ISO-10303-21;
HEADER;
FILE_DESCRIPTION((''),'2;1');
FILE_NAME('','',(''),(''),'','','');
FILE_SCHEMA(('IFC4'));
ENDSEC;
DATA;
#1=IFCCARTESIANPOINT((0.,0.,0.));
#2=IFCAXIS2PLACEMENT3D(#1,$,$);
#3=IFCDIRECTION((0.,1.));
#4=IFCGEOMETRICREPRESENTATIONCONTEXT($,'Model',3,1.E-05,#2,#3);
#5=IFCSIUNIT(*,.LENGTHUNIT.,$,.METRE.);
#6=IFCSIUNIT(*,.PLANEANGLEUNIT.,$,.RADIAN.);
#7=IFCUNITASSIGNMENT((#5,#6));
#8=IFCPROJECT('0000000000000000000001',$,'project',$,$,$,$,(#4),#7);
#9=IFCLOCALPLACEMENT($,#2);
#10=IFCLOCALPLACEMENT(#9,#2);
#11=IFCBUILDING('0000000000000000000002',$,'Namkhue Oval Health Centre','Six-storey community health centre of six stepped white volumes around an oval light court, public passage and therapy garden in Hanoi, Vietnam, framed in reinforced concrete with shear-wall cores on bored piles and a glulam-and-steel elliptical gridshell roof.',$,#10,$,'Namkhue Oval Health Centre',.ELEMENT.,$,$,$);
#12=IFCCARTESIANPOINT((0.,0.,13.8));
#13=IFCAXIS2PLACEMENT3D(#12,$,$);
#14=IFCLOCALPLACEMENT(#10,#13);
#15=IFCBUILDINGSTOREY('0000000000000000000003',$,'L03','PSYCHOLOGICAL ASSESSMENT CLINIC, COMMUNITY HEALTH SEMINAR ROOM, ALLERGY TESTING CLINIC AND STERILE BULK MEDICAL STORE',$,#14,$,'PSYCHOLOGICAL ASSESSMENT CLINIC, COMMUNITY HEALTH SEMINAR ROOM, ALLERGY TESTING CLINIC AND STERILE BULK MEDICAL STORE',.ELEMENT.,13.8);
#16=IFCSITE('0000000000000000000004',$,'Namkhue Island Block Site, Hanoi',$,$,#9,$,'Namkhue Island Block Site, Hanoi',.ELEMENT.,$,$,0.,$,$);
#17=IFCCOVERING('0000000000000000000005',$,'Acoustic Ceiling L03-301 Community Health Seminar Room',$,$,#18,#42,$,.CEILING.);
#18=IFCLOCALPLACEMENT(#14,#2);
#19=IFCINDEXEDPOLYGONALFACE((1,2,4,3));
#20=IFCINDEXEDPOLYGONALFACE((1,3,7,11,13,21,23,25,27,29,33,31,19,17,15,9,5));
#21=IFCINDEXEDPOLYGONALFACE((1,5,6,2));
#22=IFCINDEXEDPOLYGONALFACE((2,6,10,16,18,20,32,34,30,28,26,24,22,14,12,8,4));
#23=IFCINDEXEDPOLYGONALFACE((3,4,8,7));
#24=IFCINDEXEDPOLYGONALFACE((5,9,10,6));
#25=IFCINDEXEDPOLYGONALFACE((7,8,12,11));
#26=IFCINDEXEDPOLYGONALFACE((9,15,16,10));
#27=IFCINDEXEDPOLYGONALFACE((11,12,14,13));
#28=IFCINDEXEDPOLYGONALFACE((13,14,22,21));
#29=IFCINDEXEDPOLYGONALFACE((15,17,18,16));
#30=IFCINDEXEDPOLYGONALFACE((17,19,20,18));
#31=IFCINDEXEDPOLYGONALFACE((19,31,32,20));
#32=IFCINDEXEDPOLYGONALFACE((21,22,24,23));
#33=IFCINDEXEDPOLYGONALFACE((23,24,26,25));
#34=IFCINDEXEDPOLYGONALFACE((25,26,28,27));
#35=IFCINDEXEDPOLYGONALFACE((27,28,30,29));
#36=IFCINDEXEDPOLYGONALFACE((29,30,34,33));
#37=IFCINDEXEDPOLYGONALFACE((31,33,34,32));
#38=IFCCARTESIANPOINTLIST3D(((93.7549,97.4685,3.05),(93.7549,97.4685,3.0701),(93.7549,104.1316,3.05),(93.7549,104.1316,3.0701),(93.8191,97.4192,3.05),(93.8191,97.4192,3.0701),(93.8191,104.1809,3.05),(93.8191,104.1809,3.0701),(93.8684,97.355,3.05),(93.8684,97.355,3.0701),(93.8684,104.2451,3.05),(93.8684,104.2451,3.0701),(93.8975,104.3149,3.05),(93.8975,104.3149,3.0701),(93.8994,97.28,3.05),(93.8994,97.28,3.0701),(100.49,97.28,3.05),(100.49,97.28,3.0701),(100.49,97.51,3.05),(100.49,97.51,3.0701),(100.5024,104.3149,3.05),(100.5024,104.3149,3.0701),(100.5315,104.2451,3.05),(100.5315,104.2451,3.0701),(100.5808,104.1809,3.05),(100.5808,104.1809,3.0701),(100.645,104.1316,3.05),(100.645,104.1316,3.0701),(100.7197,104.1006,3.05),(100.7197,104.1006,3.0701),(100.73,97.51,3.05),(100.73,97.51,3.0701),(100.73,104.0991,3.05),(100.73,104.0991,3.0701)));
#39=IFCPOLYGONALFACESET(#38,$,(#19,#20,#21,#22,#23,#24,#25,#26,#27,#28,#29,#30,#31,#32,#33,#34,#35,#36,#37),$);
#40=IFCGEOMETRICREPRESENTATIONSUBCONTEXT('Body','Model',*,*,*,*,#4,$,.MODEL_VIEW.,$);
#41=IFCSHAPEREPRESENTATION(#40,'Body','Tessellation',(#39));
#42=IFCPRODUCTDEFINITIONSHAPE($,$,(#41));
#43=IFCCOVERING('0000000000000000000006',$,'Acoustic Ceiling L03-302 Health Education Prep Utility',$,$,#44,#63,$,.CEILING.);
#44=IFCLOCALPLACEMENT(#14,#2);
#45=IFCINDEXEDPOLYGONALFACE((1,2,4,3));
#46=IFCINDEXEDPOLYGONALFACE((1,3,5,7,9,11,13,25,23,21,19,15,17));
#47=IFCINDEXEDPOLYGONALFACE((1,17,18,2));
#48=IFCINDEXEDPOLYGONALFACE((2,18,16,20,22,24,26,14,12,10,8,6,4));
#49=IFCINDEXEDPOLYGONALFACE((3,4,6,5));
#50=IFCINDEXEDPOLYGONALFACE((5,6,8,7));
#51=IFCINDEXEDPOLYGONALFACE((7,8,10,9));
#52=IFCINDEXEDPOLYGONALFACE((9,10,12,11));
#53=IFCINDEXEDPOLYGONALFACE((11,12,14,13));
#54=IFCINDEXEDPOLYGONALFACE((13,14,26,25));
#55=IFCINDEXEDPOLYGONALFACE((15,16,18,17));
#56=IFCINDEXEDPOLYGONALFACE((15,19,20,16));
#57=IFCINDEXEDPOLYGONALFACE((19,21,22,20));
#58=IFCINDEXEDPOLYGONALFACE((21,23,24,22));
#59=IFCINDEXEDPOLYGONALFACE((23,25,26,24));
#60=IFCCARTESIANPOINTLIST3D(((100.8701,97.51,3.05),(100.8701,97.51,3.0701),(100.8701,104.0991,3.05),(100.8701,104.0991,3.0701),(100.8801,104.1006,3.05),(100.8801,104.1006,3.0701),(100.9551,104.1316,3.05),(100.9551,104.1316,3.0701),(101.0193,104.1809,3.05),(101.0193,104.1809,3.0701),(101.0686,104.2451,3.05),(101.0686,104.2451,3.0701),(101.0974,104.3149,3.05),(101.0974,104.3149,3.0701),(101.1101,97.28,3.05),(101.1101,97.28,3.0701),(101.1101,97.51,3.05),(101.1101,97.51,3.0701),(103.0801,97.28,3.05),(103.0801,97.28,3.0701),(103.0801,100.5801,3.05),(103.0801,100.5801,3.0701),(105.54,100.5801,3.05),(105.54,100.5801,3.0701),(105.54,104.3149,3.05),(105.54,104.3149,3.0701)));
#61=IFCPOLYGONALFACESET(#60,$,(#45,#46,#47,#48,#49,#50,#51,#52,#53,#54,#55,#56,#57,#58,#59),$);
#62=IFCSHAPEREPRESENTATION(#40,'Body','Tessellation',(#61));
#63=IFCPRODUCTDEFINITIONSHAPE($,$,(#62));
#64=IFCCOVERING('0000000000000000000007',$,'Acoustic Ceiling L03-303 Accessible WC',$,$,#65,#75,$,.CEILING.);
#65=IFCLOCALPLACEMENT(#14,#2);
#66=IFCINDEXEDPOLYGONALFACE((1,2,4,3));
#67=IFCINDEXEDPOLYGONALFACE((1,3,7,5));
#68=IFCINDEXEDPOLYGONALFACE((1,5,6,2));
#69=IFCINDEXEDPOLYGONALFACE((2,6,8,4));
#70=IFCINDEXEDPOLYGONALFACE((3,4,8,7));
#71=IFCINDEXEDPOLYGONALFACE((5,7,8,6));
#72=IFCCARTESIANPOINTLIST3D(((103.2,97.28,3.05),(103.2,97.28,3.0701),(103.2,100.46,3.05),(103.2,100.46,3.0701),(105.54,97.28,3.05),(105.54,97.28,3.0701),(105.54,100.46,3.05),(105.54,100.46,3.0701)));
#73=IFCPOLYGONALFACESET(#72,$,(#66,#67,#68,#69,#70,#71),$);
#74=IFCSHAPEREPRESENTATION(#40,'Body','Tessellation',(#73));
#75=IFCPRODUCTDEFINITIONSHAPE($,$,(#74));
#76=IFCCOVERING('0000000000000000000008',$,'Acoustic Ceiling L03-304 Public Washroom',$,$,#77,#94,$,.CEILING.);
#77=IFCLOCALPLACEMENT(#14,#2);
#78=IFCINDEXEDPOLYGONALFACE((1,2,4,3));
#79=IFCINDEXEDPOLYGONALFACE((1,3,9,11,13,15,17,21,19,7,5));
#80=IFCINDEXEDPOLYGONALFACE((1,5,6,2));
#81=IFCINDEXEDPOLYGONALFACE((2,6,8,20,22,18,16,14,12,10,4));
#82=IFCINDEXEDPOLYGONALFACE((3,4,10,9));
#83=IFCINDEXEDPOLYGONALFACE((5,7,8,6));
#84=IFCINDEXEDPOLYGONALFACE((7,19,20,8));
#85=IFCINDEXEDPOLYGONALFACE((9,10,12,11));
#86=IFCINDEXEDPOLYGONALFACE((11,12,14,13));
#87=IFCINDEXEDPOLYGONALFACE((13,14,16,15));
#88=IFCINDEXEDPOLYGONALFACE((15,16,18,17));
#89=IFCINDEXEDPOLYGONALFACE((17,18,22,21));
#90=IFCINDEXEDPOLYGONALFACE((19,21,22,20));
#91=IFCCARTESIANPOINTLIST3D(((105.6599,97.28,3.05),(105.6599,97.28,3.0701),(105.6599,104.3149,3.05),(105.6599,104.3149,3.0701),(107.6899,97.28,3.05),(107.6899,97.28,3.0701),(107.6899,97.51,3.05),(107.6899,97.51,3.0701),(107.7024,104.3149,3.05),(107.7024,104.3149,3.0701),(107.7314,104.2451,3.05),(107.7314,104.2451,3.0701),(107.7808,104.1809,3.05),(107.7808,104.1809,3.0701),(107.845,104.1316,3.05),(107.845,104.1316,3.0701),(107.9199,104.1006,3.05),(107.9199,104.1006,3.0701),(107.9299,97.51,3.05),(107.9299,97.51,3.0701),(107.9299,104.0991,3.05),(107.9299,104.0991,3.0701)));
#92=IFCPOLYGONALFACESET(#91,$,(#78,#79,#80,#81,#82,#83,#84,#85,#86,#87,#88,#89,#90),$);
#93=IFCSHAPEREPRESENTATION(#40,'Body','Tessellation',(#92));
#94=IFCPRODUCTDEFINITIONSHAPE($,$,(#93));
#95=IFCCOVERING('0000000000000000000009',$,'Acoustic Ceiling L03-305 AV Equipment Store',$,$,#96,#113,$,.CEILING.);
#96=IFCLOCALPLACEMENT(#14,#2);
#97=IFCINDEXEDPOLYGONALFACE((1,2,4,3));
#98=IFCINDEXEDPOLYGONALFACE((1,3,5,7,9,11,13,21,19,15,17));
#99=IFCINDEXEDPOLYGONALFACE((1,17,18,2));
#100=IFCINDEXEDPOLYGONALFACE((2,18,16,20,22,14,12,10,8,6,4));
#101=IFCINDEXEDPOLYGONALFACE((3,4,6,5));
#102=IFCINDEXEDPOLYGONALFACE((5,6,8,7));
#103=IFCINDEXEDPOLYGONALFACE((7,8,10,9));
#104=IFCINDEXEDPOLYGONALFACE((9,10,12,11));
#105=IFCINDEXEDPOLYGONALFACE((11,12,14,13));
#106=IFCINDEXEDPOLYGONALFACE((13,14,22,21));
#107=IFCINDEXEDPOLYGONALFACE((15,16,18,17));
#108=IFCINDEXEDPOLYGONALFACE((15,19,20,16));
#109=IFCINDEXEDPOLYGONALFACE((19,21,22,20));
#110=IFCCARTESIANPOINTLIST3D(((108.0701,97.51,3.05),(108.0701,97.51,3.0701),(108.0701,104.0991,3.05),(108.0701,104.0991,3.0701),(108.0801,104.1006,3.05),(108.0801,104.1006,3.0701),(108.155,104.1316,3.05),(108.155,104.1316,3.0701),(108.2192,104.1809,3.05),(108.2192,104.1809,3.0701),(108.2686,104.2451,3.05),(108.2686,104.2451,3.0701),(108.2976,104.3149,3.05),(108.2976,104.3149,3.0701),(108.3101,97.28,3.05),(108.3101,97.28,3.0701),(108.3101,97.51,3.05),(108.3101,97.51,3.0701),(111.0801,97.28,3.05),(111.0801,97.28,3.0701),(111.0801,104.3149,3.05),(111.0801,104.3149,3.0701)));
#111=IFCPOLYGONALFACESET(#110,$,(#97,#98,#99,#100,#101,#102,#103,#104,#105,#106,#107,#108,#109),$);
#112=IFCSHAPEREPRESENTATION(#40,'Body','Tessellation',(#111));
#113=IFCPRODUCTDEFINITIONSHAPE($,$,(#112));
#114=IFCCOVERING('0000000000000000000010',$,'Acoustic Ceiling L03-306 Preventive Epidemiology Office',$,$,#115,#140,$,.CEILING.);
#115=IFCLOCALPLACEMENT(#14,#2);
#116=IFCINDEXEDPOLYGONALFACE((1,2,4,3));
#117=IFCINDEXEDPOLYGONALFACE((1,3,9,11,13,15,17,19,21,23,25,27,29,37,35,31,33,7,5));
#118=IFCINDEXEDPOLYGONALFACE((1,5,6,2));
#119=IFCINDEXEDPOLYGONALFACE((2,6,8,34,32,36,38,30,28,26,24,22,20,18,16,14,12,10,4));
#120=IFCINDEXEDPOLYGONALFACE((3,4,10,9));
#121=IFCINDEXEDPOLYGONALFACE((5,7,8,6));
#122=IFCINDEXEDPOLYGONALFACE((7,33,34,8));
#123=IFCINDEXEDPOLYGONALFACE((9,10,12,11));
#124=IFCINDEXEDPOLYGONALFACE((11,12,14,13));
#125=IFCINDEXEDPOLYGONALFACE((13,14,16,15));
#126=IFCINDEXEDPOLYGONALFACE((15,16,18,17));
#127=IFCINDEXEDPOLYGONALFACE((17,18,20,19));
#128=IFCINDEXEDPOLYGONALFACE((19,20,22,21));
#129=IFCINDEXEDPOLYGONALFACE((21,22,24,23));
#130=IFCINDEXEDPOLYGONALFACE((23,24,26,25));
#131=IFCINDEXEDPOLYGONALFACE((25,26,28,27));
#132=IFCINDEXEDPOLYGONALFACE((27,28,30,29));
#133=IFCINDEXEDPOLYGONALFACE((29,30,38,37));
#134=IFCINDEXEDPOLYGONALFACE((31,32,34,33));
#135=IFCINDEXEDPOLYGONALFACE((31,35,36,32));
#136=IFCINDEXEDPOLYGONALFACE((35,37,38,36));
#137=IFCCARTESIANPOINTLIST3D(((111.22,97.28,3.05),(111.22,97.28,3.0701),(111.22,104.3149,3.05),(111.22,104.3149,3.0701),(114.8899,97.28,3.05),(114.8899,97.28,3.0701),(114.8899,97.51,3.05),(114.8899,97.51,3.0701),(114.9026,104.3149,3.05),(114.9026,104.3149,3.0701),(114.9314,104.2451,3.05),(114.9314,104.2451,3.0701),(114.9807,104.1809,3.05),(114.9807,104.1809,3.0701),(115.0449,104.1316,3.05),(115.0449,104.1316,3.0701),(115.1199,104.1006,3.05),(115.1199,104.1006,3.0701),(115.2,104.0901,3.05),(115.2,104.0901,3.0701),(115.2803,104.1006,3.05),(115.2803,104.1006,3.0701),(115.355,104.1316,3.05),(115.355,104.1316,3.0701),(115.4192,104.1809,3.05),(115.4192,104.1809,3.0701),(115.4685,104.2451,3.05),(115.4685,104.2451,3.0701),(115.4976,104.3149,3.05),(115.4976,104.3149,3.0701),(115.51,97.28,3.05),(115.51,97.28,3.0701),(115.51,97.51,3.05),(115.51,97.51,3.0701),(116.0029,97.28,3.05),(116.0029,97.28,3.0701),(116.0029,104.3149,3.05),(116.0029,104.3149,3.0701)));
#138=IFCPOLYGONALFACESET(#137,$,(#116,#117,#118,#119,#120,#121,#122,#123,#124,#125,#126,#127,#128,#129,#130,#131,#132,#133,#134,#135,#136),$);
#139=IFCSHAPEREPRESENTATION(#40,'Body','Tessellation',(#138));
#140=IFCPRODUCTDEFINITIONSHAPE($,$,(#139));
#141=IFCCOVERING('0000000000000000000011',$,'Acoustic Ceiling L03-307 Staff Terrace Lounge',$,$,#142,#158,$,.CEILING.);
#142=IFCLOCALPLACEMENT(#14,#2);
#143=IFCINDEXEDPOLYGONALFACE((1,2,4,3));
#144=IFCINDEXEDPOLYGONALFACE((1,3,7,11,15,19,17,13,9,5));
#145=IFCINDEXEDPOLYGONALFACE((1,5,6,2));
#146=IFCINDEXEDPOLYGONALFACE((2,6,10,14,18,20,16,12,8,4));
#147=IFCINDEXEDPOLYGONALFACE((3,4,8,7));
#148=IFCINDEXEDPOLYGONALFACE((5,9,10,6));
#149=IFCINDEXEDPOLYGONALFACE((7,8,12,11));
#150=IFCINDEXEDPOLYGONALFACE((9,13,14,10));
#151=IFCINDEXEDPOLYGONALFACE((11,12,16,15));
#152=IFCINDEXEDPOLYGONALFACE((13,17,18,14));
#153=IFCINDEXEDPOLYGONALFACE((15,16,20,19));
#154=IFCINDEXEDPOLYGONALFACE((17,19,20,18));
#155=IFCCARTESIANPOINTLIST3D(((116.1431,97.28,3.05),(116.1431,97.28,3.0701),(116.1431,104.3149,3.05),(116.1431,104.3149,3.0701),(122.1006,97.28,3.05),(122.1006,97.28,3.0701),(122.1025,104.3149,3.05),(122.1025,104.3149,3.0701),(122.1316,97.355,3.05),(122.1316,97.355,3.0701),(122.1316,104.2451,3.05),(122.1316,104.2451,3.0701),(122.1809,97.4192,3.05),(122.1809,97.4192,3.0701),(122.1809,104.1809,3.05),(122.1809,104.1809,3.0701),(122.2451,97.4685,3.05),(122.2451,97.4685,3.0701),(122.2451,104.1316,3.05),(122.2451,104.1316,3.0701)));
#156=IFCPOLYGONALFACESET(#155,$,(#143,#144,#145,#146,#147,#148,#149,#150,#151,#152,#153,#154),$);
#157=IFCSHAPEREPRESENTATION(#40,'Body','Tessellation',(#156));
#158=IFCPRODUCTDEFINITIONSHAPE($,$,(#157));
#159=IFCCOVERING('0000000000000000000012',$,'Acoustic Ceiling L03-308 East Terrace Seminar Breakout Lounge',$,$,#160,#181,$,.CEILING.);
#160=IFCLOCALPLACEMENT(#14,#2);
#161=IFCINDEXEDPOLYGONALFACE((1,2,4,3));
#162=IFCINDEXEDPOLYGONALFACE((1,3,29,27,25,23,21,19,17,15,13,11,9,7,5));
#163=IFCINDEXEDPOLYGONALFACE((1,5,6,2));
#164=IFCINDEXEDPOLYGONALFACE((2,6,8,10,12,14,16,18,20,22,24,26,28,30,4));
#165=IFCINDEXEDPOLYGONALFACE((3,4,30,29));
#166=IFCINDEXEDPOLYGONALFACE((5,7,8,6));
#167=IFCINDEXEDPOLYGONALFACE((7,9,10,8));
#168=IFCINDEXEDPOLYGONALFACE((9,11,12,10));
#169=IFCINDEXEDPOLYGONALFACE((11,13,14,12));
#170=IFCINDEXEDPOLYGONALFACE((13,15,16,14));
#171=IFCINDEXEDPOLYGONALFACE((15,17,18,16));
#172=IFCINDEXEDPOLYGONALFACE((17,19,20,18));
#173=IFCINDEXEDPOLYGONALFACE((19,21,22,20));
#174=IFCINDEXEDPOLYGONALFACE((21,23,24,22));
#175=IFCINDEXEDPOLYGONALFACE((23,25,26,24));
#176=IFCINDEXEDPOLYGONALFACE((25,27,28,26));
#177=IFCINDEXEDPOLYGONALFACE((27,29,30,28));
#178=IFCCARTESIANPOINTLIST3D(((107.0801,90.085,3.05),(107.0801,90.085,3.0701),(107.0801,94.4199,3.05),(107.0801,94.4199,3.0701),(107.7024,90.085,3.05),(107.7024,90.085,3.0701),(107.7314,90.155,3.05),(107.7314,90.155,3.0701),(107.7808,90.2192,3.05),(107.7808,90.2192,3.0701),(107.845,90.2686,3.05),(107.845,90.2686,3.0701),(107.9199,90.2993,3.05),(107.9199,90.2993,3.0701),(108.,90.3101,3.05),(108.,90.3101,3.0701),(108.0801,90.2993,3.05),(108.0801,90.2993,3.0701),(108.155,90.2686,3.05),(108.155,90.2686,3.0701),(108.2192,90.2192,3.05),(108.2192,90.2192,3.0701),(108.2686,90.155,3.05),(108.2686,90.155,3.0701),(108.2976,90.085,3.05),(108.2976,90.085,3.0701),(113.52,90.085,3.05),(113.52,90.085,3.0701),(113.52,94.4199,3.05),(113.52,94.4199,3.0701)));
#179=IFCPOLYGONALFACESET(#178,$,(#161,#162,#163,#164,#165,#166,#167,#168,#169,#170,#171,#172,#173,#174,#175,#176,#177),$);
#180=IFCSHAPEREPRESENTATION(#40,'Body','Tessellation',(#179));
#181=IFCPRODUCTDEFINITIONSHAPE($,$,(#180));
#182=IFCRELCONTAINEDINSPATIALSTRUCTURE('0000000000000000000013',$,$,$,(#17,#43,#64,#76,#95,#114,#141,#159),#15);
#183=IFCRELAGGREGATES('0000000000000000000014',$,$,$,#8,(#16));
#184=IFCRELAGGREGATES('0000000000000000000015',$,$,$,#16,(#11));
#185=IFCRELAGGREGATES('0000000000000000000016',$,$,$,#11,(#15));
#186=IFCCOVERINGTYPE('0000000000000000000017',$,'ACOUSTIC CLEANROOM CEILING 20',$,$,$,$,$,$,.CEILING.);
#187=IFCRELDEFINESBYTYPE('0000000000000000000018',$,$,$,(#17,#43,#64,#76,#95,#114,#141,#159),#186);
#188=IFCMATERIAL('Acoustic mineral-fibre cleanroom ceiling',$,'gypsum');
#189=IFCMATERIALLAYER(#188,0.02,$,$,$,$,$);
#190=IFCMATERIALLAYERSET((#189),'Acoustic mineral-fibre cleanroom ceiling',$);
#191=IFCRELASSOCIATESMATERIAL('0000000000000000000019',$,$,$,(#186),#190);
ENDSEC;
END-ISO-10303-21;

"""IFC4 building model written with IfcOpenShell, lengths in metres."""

from ifc_helpers import new_model, si_unit, direction, frame, origin, place, context, subcontext, project, spatial, polyline, outline, extrude, material, layer, layer_set, type_object, element, save


model = new_model("IFC4")

# Units and contexts
model_context = context("Model", 3, precision=1e-05, world=origin(), true_north=direction((0.0, 1.0)))
body_context = subcontext(model_context, "Body", "Model", "MODEL_VIEW")
ifc_project = project(units=[si_unit("LENGTHUNIT", "METRE"), si_unit("PLANEANGLEUNIT", "RADIAN")], contexts=[model_context])

# Site, building, storey
site_placement = place(None, origin())
site = spatial("IfcSite", under=ifc_project, at=site_placement, Name="Namkhue Island Block Site, Hanoi", LongName="Namkhue Island Block Site, Hanoi", CompositionType="ELEMENT", RefElevation=0.0)
building_placement = place(site_placement, origin())
building = spatial("IfcBuilding", under=site, at=building_placement, Name="Namkhue Oval Health Centre", Description="Six-storey community health centre of six stepped white volumes around an oval light court, public passage and therapy garden in Hanoi, Vietnam, framed in reinforced concrete with shear-wall cores on bored piles and a glulam-and-steel elliptical gridshell roof.", LongName="Namkhue Oval Health Centre", CompositionType="ELEMENT")
storey_placement = place(building_placement, frame((0.0, 0.0, 13.8)))
storey = spatial("IfcBuildingStorey", under=building, at=storey_placement, Name="L03", Description="PSYCHOLOGICAL ASSESSMENT CLINIC, COMMUNITY HEALTH SEMINAR ROOM, ALLERGY TESTING CLINIC AND STERILE BULK MEDICAL STORE", LongName="PSYCHOLOGICAL ASSESSMENT CLINIC, COMMUNITY HEALTH SEMINAR ROOM, ALLERGY TESTING CLINIC AND STERILE BULK MEDICAL STORE", CompositionType="ELEMENT", Elevation=13.8)

# Coverings
ifc_material_1 = material(Name="Acoustic mineral-fibre cleanroom ceiling", Category="gypsum")
ifc_layer_1 = layer(ifc_material_1, 0.02)
ifc_layer_set_1 = layer_set([ifc_layer_1], Name="Acoustic mineral-fibre cleanroom ceiling")
covering_type_1 = type_object("IfcCoveringType", Name="ACOUSTIC CLEANROOM CEILING 20", PredefinedType="CEILING", material=ifc_layer_set_1)
covering_1_placement = place(storey_placement, frame((0.0, 0.0, 3.05)))
element("IfcCovering", 1, at=covering_1_placement, inside=storey, type_object=covering_type_1, Name="Acoustic Ceiling L03-301 Community Health Seminar Room", PredefinedType="CEILING", context=body_context, shape_type="SweptSolid", body=[
    extrude(outline(polyline([(93.8994, 97.28), (93.8684, 97.355), (93.8191, 97.4192), (93.7549, 97.4685), (93.7549, 104.1316), (93.8191, 104.1809), (93.8684, 104.2451), (93.8975, 104.3149), (100.5024, 104.3149), (100.5315, 104.2451), (100.5808, 104.1809), (100.645, 104.1316), (100.7197, 104.1006), (100.73, 104.0991), (100.73, 97.51), (100.49, 97.51), (100.49, 97.28), (93.8994, 97.28)])), origin(), (0.0, 0.0, 1.0), 0.02),
])
covering_2_placement = place(storey_placement, frame((0.0, 0.0, 3.05)))
element("IfcCovering", 2, at=covering_2_placement, inside=storey, type_object=covering_type_1, Name="Acoustic Ceiling L03-302 Health Education Prep Utility", PredefinedType="CEILING", context=body_context, shape_type="SweptSolid", body=[
    extrude(outline(polyline([(105.54, 104.3149), (105.54, 100.5801), (103.0801, 100.5801), (103.0801, 97.28), (101.1101, 97.28), (101.1101, 97.51), (100.8701, 97.51), (100.8701, 104.0991), (100.8801, 104.1006), (100.9551, 104.1316), (101.0193, 104.1809), (101.0686, 104.2451), (101.0974, 104.3149), (105.54, 104.3149)])), origin(), (0.0, 0.0, 1.0), 0.02),
])
covering_3_placement = place(storey_placement, frame((0.0, 0.0, 3.05)))
element("IfcCovering", 3, at=covering_3_placement, inside=storey, type_object=covering_type_1, Name="Acoustic Ceiling L03-303 Accessible WC", PredefinedType="CEILING", context=body_context, shape_type="SweptSolid", body=[
    extrude(outline(polyline([(105.54, 100.46), (105.54, 97.28), (103.2, 97.28), (103.2, 100.46), (105.54, 100.46)])), origin(), (0.0, 0.0, 1.0), 0.02),
])
covering_4_placement = place(storey_placement, frame((0.0, 0.0, 3.05)))
element("IfcCovering", 4, at=covering_4_placement, inside=storey, type_object=covering_type_1, Name="Acoustic Ceiling L03-304 Public Washroom", PredefinedType="CEILING", context=body_context, shape_type="SweptSolid", body=[
    extrude(outline(polyline([(105.6599, 97.28), (105.6599, 104.3149), (107.7024, 104.3149), (107.7314, 104.2451), (107.7808, 104.1809), (107.845, 104.1316), (107.9199, 104.1006), (107.9299, 104.0991), (107.9299, 97.51), (107.6899, 97.51), (107.6899, 97.28), (105.6599, 97.28)])), origin(), (0.0, 0.0, 1.0), 0.02),
])
covering_5_placement = place(storey_placement, frame((0.0, 0.0, 3.05)))
element("IfcCovering", 5, at=covering_5_placement, inside=storey, type_object=covering_type_1, Name="Acoustic Ceiling L03-305 AV Equipment Store", PredefinedType="CEILING", context=body_context, shape_type="SweptSolid", body=[
    extrude(outline(polyline([(108.3101, 97.28), (108.3101, 97.51), (108.0701, 97.51), (108.0701, 104.0991), (108.0801, 104.1006), (108.155, 104.1316), (108.2192, 104.1809), (108.2686, 104.2451), (108.2976, 104.3149), (111.0801, 104.3149), (111.0801, 97.28), (108.3101, 97.28)])), origin(), (0.0, 0.0, 1.0), 0.02),
])
covering_6_placement = place(storey_placement, frame((0.0, 0.0, 3.05)))
element("IfcCovering", 6, at=covering_6_placement, inside=storey, type_object=covering_type_1, Name="Acoustic Ceiling L03-306 Preventive Epidemiology Office", PredefinedType="CEILING", context=body_context, shape_type="SweptSolid", body=[
    extrude(outline(polyline([(115.51, 97.28), (115.51, 97.51), (114.8899, 97.51), (114.8899, 97.28), (111.22, 97.28), (111.22, 104.3149), (114.9026, 104.3149), (114.9314, 104.2451), (114.9807, 104.1809), (115.0449, 104.1316), (115.1199, 104.1006), (115.2, 104.0901), (115.2803, 104.1006), (115.355, 104.1316), (115.4192, 104.1809), (115.4685, 104.2451), (115.4976, 104.3149), (116.0029, 104.3149), (116.0029, 97.28), (115.51, 97.28)])), origin(), (0.0, 0.0, 1.0), 0.02),
])
covering_7_placement = place(storey_placement, frame((0.0, 0.0, 3.05)))
element("IfcCovering", 7, at=covering_7_placement, inside=storey, type_object=covering_type_1, Name="Acoustic Ceiling L03-307 Staff Terrace Lounge", PredefinedType="CEILING", context=body_context, shape_type="SweptSolid", body=[
    extrude(outline(polyline([(116.1431, 97.28), (116.1431, 104.3149), (122.1025, 104.3149), (122.1316, 104.2451), (122.1809, 104.1809), (122.2451, 104.1316), (122.2451, 97.4685), (122.1809, 97.4192), (122.1316, 97.355), (122.1006, 97.28), (116.1431, 97.28)])), origin(), (0.0, 0.0, 1.0), 0.02),
])
covering_8_placement = place(storey_placement, frame((0.0, 0.0, 3.05)))
element("IfcCovering", 8, at=covering_8_placement, inside=storey, type_object=covering_type_1, Name="Acoustic Ceiling L03-308 East Terrace Seminar Breakout Lounge", PredefinedType="CEILING", context=body_context, shape_type="SweptSolid", body=[
    extrude(outline(polyline([(108.2976, 90.085), (108.2686, 90.155), (108.2192, 90.2192), (108.155, 90.2686), (108.0801, 90.2993), (108.0, 90.3101), (107.9199, 90.2993), (107.845, 90.2686), (107.7808, 90.2192), (107.7314, 90.155), (107.7024, 90.085), (107.0801, 90.085), (107.0801, 94.4199), (113.52, 94.4199), (113.52, 90.085), (108.2976, 90.085)])), origin(), (0.0, 0.0, 1.0), 0.02),
])

save(model, "model.ifc")
